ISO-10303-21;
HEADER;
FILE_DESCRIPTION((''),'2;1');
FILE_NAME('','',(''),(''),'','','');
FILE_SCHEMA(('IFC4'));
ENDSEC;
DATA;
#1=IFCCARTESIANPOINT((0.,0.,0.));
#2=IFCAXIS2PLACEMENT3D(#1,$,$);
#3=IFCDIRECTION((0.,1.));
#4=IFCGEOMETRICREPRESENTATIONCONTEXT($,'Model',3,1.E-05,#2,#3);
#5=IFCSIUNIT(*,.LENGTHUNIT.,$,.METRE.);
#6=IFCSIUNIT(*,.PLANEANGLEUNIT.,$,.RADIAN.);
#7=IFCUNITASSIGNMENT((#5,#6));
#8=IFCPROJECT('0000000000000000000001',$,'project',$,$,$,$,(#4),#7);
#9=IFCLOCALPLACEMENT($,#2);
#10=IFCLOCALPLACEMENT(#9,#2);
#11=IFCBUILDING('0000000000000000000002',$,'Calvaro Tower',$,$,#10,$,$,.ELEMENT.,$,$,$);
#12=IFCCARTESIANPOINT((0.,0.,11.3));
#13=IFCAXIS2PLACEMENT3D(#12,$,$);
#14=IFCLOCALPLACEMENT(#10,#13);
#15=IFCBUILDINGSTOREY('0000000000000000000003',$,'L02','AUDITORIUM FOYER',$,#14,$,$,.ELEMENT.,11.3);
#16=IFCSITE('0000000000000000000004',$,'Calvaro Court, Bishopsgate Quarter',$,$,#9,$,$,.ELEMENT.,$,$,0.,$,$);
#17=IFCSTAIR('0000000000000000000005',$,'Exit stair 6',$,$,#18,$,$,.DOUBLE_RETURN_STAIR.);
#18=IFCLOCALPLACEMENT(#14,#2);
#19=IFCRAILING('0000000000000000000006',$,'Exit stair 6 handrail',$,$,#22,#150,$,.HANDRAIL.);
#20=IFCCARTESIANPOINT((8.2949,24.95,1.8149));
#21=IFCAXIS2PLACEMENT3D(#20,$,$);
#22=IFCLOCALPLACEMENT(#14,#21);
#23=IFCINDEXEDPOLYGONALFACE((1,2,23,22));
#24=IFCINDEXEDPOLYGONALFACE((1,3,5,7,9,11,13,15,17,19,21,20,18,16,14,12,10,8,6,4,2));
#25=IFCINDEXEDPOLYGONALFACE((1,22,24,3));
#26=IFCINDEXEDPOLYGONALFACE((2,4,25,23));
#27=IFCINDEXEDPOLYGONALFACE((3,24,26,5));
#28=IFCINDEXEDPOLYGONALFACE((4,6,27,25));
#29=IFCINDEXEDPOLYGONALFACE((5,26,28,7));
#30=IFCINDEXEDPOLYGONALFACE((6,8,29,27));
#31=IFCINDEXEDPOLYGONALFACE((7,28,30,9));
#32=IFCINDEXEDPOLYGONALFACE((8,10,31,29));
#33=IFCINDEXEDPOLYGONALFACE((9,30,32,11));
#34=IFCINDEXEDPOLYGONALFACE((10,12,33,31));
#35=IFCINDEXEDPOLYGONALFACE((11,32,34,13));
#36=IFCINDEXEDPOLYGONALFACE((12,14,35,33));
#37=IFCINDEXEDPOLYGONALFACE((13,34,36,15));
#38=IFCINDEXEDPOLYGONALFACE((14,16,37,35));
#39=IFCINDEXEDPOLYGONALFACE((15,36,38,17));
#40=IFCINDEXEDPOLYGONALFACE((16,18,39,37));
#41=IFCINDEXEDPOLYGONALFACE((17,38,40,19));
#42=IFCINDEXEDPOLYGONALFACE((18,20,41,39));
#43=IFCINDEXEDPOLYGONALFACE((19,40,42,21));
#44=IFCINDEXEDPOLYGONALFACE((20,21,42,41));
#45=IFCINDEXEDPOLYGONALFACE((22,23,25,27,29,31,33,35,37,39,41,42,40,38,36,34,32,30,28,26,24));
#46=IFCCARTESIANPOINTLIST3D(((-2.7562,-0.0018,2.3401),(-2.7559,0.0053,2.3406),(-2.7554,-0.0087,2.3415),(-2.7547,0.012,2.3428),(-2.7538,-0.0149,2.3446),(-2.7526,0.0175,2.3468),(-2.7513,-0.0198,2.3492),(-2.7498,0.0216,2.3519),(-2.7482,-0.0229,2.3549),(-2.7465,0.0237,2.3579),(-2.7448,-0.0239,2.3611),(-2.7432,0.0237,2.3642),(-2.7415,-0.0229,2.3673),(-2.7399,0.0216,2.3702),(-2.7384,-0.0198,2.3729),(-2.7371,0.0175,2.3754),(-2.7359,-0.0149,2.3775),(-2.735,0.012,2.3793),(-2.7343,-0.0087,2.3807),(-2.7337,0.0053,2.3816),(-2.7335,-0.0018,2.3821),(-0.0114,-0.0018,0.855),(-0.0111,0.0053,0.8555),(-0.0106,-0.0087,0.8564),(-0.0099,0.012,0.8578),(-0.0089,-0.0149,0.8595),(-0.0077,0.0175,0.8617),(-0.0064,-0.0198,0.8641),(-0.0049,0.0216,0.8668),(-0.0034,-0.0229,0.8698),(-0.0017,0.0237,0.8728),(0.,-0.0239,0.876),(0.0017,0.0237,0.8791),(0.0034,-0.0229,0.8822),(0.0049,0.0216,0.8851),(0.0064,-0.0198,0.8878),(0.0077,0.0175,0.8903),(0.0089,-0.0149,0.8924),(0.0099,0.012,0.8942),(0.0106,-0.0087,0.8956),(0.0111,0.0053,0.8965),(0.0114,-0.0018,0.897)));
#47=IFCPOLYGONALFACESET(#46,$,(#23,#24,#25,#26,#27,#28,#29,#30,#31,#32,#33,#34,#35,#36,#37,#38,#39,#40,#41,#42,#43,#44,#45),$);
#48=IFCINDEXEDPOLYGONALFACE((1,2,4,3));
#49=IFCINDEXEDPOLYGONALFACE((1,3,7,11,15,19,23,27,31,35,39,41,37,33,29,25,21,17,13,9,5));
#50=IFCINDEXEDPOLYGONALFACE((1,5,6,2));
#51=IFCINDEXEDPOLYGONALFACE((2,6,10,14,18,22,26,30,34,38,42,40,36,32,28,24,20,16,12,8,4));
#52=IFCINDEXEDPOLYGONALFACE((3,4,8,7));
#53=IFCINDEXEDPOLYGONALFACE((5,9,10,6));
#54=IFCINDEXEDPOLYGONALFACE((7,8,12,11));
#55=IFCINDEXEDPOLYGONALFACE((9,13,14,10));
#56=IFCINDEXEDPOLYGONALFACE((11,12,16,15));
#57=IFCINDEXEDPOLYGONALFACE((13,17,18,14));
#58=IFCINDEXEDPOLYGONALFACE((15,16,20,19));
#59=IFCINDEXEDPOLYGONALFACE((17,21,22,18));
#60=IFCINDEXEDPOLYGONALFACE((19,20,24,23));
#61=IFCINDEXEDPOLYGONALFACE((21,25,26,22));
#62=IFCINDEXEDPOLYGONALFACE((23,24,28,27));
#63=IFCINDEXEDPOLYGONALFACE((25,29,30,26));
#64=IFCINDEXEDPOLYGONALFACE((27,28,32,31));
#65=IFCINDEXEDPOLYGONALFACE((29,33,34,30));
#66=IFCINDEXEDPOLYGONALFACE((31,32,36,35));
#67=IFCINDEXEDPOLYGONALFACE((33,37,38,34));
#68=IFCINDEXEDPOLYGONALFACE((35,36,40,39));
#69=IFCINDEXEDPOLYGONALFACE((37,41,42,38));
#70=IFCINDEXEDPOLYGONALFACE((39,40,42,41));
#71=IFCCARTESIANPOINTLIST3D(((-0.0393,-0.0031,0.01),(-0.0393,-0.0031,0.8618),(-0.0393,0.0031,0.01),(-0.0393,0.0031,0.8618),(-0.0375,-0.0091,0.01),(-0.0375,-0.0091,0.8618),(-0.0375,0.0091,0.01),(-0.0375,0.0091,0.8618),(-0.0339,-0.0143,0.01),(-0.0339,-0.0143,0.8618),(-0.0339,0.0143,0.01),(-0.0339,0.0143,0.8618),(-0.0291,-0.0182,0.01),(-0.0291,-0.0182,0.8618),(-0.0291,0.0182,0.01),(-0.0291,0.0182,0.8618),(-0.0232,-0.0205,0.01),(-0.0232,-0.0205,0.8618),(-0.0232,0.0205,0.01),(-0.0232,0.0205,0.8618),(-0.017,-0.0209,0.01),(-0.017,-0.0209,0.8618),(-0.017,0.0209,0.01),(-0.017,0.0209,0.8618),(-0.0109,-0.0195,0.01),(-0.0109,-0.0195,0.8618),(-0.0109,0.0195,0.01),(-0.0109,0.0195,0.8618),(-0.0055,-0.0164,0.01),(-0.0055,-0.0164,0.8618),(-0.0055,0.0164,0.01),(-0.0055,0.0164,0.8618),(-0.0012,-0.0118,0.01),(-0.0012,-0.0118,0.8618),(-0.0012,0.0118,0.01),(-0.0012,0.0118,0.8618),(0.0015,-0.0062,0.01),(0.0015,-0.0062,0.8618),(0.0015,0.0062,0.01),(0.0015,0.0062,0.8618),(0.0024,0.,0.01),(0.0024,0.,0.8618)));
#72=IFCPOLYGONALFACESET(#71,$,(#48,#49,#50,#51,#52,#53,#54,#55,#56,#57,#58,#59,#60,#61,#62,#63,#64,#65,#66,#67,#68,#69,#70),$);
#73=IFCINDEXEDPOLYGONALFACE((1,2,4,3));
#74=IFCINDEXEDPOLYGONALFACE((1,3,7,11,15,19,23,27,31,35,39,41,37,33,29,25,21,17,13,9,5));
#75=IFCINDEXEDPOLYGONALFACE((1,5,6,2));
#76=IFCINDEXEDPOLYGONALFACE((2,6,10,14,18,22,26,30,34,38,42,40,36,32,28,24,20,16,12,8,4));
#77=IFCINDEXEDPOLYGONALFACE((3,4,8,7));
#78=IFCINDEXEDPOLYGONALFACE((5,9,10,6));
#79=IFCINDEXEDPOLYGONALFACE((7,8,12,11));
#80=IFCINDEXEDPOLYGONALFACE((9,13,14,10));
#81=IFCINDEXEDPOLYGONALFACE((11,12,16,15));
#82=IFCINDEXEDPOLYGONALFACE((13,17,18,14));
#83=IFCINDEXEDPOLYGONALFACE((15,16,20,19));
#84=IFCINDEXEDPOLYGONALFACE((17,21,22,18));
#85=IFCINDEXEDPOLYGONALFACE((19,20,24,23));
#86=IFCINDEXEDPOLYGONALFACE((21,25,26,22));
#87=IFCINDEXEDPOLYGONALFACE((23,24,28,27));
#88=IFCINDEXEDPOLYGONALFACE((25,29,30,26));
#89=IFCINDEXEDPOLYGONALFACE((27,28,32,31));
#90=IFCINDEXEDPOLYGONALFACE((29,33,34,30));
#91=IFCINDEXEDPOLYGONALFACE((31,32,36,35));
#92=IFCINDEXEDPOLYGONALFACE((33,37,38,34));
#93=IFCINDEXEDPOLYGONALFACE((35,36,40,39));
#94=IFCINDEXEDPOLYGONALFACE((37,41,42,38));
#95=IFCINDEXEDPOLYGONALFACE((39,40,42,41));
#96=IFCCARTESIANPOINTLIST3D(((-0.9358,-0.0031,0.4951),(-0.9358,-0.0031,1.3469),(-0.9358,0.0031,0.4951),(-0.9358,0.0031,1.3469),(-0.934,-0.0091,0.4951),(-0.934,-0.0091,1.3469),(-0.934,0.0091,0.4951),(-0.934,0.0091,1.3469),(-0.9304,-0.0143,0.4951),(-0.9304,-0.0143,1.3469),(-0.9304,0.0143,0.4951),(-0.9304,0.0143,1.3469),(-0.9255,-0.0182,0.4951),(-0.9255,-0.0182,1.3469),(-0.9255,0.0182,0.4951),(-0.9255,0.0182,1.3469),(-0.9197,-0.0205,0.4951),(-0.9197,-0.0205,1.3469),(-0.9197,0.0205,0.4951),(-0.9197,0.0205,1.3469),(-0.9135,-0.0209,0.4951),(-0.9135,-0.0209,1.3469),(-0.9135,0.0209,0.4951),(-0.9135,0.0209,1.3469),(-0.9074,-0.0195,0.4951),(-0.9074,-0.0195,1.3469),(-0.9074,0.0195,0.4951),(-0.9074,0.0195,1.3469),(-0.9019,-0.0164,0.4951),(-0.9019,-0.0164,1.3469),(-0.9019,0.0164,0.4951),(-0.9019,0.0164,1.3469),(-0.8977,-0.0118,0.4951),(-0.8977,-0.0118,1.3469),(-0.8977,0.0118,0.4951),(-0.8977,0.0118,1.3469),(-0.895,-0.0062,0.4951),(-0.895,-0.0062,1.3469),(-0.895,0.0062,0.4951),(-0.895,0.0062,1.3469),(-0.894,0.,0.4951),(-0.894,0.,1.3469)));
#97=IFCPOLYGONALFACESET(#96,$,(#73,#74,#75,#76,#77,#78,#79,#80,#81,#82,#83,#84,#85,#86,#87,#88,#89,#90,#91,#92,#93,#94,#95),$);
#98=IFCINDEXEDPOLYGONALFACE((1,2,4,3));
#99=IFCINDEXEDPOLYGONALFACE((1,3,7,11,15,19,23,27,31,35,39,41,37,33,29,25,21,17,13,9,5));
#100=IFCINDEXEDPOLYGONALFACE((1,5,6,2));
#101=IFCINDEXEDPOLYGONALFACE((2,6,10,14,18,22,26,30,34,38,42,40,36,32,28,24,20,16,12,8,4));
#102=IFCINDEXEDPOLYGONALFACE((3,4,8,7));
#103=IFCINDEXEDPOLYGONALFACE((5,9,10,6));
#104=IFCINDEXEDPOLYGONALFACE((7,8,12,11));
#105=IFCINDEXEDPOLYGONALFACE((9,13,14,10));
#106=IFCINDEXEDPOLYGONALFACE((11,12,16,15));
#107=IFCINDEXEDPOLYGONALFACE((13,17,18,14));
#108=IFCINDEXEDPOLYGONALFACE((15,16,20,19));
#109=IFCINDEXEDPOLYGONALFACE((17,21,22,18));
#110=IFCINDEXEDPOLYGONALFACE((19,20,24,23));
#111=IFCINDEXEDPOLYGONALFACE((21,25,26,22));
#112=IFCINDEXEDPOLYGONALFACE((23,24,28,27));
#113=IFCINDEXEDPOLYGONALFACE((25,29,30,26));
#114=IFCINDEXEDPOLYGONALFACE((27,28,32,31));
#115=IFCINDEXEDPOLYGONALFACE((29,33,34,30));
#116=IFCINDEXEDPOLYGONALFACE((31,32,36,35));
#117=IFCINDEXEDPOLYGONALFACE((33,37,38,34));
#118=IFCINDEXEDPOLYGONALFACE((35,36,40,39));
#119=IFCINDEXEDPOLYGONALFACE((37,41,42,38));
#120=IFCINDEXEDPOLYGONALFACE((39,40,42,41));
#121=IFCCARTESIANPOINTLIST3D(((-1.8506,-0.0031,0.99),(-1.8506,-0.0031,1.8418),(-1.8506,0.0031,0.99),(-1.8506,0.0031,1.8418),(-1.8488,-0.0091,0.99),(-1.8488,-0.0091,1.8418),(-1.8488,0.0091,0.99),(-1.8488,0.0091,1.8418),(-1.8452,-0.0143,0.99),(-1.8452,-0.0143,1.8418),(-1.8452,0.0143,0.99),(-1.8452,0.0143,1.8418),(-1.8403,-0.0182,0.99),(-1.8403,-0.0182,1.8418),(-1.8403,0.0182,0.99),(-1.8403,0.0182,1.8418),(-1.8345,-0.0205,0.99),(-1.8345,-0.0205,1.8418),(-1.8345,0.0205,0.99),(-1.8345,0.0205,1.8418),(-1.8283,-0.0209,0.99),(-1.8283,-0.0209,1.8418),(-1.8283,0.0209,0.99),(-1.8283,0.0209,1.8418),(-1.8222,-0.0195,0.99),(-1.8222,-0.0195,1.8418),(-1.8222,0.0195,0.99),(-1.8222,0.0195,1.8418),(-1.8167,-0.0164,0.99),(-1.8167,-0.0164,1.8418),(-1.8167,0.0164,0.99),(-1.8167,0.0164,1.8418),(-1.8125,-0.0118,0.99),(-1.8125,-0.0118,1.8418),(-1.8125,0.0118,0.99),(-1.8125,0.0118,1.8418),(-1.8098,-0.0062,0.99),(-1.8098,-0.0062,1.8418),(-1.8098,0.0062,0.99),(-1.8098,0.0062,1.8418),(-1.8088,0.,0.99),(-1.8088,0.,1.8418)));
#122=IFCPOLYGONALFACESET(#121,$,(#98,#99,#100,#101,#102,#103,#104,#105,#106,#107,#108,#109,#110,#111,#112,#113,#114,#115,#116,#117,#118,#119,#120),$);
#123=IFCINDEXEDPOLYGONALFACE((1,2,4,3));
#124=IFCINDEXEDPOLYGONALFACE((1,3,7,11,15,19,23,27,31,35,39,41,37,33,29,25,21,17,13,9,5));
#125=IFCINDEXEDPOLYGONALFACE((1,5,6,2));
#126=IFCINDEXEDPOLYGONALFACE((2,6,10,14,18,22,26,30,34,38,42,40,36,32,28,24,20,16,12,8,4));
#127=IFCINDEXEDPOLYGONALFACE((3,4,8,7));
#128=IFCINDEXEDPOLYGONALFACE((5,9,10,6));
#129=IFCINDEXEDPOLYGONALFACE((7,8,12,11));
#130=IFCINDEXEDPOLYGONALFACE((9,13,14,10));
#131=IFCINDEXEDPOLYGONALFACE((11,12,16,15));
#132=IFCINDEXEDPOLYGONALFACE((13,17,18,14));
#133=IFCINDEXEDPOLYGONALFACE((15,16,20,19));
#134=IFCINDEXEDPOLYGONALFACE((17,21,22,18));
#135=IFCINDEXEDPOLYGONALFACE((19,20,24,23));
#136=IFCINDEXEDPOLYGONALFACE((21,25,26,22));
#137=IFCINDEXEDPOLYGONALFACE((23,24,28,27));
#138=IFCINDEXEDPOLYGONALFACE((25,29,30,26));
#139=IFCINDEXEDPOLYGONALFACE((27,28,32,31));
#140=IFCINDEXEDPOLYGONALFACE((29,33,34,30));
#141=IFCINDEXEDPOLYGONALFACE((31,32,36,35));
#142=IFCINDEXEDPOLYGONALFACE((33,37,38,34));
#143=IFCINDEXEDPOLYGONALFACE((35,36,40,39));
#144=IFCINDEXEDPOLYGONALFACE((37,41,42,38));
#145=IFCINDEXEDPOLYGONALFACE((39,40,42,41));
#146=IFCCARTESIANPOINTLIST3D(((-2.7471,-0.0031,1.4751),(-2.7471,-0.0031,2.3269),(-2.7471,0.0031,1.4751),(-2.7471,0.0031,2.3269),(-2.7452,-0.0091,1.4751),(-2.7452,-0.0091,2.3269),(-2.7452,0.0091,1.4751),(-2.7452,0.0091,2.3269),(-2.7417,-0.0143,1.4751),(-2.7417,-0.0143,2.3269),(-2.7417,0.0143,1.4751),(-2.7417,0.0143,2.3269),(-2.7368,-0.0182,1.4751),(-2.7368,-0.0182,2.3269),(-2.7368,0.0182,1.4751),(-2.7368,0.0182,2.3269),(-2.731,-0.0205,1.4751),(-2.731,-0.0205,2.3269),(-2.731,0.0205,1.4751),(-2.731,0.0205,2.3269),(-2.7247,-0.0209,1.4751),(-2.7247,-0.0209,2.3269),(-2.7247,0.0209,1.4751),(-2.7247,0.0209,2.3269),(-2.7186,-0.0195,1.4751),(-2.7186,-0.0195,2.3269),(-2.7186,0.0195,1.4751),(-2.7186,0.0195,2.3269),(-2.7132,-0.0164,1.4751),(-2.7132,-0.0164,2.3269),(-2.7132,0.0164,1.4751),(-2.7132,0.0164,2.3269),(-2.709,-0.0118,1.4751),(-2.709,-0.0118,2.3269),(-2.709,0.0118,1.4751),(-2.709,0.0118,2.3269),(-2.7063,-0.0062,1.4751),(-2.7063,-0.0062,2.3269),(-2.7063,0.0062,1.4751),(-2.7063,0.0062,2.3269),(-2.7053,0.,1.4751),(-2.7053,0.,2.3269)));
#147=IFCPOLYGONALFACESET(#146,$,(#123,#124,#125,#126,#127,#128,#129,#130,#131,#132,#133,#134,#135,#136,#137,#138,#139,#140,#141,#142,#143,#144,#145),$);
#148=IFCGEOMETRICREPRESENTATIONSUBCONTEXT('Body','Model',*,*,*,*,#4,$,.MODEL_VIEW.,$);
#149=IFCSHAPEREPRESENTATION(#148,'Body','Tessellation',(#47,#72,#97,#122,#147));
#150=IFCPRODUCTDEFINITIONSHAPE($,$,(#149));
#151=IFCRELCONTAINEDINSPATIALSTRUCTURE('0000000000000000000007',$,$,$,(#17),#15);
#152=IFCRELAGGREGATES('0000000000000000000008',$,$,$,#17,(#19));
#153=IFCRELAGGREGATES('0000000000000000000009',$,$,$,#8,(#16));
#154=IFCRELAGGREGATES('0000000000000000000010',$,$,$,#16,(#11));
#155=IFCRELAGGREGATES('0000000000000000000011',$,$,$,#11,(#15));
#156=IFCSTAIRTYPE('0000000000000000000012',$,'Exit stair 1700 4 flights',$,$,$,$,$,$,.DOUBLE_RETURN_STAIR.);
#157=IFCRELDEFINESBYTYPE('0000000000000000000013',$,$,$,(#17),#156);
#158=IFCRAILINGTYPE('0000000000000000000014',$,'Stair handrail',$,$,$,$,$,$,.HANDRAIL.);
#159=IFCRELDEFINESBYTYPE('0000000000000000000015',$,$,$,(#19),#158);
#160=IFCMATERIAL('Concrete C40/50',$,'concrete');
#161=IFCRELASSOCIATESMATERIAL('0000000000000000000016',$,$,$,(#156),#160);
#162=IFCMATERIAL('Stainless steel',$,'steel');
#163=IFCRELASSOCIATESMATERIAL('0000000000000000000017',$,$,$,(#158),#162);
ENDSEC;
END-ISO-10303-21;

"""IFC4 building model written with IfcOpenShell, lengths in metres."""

from ifc_helpers import new_model, si_unit, direction, frame, origin, origin_2d, place, context, subcontext, project, spatial, circle, extrude, material, type_object, element, aggregate, save


model = new_model("IFC4")

# Units and contexts
model_context = context("Model", 3, precision=1e-05, world=origin(), true_north=direction((0.0, 1.0)))
body_context = subcontext(model_context, "Body", "Model", "MODEL_VIEW")
ifc_project = project(units=[si_unit("LENGTHUNIT", "METRE"), si_unit("PLANEANGLEUNIT", "RADIAN")], contexts=[model_context])

# Site, building, storey
site_placement = place(None, origin())
site = spatial("IfcSite", under=ifc_project, at=site_placement, Name="Calvaro Court, Bishopsgate Quarter", CompositionType="ELEMENT", RefElevation=0.0)
building_placement = place(site_placement, origin())
building = spatial("IfcBuilding", under=site, at=building_placement, Name="Calvaro Tower", CompositionType="ELEMENT")
storey_placement = place(building_placement, frame((0.0, 0.0, 11.3)))
storey = spatial("IfcBuildingStorey", under=building, at=storey_placement, Name="L02", Description="AUDITORIUM FOYER", CompositionType="ELEMENT", Elevation=11.3)

# Stair, railing
ifc_material_1 = material(Name="Concrete C40/50", Category="concrete")
stair_type = type_object("IfcStairType", Name="Exit stair 1700 4 flights", PredefinedType="DOUBLE_RETURN_STAIR", material=ifc_material_1)
stair_placement = place(storey_placement, origin())
stair = element("IfcStair", 1, at=stair_placement, inside=storey, type_object=stair_type, Name="Exit stair 6", PredefinedType="DOUBLE_RETURN_STAIR")
ifc_material_2 = material(Name="Stainless steel", Category="steel")
railing_type = type_object("IfcRailingType", Name="Stair handrail", PredefinedType="HANDRAIL", material=ifc_material_2)
railing_1_placement = place(storey_placement, frame((8.2949, 24.95, 1.8149)))
railing_1 = element("IfcRailing", 2, at=railing_1_placement, type_object=railing_type, Name="Exit stair 6 handrail", PredefinedType="HANDRAIL", context=body_context, shape_type="SweptSolid", body=[
    extrude(circle(Radius=0.0239, at=origin_2d()), frame((0.0, 0.0, 0.876), z_axis=(-0.87952, 0.0, 0.475862), x_axis=(0.0, -1.0, 0.0)), (0.0, 0.0, 1.0), 3.1208),
    extrude(circle(Radius=0.021, at=origin_2d()), frame((-0.0186, 0.0, 0.01)), (0.0, 0.0, 1.0), 0.8518),
    extrude(circle(Radius=0.021, at=origin_2d()), frame((-0.915, 0.0, 0.4951)), (0.0, 0.0, 1.0), 0.8518),
    extrude(circle(Radius=0.021, at=origin_2d()), frame((-1.8298, 0.0, 0.99)), (0.0, 0.0, 1.0), 0.8518),
    extrude(circle(Radius=0.021, at=origin_2d()), frame((-2.7263, 0.0, 1.4751)), (0.0, 0.0, 1.0), 0.8518),
])
aggregate(stair, [railing_1])

save(model, "model.ifc")
